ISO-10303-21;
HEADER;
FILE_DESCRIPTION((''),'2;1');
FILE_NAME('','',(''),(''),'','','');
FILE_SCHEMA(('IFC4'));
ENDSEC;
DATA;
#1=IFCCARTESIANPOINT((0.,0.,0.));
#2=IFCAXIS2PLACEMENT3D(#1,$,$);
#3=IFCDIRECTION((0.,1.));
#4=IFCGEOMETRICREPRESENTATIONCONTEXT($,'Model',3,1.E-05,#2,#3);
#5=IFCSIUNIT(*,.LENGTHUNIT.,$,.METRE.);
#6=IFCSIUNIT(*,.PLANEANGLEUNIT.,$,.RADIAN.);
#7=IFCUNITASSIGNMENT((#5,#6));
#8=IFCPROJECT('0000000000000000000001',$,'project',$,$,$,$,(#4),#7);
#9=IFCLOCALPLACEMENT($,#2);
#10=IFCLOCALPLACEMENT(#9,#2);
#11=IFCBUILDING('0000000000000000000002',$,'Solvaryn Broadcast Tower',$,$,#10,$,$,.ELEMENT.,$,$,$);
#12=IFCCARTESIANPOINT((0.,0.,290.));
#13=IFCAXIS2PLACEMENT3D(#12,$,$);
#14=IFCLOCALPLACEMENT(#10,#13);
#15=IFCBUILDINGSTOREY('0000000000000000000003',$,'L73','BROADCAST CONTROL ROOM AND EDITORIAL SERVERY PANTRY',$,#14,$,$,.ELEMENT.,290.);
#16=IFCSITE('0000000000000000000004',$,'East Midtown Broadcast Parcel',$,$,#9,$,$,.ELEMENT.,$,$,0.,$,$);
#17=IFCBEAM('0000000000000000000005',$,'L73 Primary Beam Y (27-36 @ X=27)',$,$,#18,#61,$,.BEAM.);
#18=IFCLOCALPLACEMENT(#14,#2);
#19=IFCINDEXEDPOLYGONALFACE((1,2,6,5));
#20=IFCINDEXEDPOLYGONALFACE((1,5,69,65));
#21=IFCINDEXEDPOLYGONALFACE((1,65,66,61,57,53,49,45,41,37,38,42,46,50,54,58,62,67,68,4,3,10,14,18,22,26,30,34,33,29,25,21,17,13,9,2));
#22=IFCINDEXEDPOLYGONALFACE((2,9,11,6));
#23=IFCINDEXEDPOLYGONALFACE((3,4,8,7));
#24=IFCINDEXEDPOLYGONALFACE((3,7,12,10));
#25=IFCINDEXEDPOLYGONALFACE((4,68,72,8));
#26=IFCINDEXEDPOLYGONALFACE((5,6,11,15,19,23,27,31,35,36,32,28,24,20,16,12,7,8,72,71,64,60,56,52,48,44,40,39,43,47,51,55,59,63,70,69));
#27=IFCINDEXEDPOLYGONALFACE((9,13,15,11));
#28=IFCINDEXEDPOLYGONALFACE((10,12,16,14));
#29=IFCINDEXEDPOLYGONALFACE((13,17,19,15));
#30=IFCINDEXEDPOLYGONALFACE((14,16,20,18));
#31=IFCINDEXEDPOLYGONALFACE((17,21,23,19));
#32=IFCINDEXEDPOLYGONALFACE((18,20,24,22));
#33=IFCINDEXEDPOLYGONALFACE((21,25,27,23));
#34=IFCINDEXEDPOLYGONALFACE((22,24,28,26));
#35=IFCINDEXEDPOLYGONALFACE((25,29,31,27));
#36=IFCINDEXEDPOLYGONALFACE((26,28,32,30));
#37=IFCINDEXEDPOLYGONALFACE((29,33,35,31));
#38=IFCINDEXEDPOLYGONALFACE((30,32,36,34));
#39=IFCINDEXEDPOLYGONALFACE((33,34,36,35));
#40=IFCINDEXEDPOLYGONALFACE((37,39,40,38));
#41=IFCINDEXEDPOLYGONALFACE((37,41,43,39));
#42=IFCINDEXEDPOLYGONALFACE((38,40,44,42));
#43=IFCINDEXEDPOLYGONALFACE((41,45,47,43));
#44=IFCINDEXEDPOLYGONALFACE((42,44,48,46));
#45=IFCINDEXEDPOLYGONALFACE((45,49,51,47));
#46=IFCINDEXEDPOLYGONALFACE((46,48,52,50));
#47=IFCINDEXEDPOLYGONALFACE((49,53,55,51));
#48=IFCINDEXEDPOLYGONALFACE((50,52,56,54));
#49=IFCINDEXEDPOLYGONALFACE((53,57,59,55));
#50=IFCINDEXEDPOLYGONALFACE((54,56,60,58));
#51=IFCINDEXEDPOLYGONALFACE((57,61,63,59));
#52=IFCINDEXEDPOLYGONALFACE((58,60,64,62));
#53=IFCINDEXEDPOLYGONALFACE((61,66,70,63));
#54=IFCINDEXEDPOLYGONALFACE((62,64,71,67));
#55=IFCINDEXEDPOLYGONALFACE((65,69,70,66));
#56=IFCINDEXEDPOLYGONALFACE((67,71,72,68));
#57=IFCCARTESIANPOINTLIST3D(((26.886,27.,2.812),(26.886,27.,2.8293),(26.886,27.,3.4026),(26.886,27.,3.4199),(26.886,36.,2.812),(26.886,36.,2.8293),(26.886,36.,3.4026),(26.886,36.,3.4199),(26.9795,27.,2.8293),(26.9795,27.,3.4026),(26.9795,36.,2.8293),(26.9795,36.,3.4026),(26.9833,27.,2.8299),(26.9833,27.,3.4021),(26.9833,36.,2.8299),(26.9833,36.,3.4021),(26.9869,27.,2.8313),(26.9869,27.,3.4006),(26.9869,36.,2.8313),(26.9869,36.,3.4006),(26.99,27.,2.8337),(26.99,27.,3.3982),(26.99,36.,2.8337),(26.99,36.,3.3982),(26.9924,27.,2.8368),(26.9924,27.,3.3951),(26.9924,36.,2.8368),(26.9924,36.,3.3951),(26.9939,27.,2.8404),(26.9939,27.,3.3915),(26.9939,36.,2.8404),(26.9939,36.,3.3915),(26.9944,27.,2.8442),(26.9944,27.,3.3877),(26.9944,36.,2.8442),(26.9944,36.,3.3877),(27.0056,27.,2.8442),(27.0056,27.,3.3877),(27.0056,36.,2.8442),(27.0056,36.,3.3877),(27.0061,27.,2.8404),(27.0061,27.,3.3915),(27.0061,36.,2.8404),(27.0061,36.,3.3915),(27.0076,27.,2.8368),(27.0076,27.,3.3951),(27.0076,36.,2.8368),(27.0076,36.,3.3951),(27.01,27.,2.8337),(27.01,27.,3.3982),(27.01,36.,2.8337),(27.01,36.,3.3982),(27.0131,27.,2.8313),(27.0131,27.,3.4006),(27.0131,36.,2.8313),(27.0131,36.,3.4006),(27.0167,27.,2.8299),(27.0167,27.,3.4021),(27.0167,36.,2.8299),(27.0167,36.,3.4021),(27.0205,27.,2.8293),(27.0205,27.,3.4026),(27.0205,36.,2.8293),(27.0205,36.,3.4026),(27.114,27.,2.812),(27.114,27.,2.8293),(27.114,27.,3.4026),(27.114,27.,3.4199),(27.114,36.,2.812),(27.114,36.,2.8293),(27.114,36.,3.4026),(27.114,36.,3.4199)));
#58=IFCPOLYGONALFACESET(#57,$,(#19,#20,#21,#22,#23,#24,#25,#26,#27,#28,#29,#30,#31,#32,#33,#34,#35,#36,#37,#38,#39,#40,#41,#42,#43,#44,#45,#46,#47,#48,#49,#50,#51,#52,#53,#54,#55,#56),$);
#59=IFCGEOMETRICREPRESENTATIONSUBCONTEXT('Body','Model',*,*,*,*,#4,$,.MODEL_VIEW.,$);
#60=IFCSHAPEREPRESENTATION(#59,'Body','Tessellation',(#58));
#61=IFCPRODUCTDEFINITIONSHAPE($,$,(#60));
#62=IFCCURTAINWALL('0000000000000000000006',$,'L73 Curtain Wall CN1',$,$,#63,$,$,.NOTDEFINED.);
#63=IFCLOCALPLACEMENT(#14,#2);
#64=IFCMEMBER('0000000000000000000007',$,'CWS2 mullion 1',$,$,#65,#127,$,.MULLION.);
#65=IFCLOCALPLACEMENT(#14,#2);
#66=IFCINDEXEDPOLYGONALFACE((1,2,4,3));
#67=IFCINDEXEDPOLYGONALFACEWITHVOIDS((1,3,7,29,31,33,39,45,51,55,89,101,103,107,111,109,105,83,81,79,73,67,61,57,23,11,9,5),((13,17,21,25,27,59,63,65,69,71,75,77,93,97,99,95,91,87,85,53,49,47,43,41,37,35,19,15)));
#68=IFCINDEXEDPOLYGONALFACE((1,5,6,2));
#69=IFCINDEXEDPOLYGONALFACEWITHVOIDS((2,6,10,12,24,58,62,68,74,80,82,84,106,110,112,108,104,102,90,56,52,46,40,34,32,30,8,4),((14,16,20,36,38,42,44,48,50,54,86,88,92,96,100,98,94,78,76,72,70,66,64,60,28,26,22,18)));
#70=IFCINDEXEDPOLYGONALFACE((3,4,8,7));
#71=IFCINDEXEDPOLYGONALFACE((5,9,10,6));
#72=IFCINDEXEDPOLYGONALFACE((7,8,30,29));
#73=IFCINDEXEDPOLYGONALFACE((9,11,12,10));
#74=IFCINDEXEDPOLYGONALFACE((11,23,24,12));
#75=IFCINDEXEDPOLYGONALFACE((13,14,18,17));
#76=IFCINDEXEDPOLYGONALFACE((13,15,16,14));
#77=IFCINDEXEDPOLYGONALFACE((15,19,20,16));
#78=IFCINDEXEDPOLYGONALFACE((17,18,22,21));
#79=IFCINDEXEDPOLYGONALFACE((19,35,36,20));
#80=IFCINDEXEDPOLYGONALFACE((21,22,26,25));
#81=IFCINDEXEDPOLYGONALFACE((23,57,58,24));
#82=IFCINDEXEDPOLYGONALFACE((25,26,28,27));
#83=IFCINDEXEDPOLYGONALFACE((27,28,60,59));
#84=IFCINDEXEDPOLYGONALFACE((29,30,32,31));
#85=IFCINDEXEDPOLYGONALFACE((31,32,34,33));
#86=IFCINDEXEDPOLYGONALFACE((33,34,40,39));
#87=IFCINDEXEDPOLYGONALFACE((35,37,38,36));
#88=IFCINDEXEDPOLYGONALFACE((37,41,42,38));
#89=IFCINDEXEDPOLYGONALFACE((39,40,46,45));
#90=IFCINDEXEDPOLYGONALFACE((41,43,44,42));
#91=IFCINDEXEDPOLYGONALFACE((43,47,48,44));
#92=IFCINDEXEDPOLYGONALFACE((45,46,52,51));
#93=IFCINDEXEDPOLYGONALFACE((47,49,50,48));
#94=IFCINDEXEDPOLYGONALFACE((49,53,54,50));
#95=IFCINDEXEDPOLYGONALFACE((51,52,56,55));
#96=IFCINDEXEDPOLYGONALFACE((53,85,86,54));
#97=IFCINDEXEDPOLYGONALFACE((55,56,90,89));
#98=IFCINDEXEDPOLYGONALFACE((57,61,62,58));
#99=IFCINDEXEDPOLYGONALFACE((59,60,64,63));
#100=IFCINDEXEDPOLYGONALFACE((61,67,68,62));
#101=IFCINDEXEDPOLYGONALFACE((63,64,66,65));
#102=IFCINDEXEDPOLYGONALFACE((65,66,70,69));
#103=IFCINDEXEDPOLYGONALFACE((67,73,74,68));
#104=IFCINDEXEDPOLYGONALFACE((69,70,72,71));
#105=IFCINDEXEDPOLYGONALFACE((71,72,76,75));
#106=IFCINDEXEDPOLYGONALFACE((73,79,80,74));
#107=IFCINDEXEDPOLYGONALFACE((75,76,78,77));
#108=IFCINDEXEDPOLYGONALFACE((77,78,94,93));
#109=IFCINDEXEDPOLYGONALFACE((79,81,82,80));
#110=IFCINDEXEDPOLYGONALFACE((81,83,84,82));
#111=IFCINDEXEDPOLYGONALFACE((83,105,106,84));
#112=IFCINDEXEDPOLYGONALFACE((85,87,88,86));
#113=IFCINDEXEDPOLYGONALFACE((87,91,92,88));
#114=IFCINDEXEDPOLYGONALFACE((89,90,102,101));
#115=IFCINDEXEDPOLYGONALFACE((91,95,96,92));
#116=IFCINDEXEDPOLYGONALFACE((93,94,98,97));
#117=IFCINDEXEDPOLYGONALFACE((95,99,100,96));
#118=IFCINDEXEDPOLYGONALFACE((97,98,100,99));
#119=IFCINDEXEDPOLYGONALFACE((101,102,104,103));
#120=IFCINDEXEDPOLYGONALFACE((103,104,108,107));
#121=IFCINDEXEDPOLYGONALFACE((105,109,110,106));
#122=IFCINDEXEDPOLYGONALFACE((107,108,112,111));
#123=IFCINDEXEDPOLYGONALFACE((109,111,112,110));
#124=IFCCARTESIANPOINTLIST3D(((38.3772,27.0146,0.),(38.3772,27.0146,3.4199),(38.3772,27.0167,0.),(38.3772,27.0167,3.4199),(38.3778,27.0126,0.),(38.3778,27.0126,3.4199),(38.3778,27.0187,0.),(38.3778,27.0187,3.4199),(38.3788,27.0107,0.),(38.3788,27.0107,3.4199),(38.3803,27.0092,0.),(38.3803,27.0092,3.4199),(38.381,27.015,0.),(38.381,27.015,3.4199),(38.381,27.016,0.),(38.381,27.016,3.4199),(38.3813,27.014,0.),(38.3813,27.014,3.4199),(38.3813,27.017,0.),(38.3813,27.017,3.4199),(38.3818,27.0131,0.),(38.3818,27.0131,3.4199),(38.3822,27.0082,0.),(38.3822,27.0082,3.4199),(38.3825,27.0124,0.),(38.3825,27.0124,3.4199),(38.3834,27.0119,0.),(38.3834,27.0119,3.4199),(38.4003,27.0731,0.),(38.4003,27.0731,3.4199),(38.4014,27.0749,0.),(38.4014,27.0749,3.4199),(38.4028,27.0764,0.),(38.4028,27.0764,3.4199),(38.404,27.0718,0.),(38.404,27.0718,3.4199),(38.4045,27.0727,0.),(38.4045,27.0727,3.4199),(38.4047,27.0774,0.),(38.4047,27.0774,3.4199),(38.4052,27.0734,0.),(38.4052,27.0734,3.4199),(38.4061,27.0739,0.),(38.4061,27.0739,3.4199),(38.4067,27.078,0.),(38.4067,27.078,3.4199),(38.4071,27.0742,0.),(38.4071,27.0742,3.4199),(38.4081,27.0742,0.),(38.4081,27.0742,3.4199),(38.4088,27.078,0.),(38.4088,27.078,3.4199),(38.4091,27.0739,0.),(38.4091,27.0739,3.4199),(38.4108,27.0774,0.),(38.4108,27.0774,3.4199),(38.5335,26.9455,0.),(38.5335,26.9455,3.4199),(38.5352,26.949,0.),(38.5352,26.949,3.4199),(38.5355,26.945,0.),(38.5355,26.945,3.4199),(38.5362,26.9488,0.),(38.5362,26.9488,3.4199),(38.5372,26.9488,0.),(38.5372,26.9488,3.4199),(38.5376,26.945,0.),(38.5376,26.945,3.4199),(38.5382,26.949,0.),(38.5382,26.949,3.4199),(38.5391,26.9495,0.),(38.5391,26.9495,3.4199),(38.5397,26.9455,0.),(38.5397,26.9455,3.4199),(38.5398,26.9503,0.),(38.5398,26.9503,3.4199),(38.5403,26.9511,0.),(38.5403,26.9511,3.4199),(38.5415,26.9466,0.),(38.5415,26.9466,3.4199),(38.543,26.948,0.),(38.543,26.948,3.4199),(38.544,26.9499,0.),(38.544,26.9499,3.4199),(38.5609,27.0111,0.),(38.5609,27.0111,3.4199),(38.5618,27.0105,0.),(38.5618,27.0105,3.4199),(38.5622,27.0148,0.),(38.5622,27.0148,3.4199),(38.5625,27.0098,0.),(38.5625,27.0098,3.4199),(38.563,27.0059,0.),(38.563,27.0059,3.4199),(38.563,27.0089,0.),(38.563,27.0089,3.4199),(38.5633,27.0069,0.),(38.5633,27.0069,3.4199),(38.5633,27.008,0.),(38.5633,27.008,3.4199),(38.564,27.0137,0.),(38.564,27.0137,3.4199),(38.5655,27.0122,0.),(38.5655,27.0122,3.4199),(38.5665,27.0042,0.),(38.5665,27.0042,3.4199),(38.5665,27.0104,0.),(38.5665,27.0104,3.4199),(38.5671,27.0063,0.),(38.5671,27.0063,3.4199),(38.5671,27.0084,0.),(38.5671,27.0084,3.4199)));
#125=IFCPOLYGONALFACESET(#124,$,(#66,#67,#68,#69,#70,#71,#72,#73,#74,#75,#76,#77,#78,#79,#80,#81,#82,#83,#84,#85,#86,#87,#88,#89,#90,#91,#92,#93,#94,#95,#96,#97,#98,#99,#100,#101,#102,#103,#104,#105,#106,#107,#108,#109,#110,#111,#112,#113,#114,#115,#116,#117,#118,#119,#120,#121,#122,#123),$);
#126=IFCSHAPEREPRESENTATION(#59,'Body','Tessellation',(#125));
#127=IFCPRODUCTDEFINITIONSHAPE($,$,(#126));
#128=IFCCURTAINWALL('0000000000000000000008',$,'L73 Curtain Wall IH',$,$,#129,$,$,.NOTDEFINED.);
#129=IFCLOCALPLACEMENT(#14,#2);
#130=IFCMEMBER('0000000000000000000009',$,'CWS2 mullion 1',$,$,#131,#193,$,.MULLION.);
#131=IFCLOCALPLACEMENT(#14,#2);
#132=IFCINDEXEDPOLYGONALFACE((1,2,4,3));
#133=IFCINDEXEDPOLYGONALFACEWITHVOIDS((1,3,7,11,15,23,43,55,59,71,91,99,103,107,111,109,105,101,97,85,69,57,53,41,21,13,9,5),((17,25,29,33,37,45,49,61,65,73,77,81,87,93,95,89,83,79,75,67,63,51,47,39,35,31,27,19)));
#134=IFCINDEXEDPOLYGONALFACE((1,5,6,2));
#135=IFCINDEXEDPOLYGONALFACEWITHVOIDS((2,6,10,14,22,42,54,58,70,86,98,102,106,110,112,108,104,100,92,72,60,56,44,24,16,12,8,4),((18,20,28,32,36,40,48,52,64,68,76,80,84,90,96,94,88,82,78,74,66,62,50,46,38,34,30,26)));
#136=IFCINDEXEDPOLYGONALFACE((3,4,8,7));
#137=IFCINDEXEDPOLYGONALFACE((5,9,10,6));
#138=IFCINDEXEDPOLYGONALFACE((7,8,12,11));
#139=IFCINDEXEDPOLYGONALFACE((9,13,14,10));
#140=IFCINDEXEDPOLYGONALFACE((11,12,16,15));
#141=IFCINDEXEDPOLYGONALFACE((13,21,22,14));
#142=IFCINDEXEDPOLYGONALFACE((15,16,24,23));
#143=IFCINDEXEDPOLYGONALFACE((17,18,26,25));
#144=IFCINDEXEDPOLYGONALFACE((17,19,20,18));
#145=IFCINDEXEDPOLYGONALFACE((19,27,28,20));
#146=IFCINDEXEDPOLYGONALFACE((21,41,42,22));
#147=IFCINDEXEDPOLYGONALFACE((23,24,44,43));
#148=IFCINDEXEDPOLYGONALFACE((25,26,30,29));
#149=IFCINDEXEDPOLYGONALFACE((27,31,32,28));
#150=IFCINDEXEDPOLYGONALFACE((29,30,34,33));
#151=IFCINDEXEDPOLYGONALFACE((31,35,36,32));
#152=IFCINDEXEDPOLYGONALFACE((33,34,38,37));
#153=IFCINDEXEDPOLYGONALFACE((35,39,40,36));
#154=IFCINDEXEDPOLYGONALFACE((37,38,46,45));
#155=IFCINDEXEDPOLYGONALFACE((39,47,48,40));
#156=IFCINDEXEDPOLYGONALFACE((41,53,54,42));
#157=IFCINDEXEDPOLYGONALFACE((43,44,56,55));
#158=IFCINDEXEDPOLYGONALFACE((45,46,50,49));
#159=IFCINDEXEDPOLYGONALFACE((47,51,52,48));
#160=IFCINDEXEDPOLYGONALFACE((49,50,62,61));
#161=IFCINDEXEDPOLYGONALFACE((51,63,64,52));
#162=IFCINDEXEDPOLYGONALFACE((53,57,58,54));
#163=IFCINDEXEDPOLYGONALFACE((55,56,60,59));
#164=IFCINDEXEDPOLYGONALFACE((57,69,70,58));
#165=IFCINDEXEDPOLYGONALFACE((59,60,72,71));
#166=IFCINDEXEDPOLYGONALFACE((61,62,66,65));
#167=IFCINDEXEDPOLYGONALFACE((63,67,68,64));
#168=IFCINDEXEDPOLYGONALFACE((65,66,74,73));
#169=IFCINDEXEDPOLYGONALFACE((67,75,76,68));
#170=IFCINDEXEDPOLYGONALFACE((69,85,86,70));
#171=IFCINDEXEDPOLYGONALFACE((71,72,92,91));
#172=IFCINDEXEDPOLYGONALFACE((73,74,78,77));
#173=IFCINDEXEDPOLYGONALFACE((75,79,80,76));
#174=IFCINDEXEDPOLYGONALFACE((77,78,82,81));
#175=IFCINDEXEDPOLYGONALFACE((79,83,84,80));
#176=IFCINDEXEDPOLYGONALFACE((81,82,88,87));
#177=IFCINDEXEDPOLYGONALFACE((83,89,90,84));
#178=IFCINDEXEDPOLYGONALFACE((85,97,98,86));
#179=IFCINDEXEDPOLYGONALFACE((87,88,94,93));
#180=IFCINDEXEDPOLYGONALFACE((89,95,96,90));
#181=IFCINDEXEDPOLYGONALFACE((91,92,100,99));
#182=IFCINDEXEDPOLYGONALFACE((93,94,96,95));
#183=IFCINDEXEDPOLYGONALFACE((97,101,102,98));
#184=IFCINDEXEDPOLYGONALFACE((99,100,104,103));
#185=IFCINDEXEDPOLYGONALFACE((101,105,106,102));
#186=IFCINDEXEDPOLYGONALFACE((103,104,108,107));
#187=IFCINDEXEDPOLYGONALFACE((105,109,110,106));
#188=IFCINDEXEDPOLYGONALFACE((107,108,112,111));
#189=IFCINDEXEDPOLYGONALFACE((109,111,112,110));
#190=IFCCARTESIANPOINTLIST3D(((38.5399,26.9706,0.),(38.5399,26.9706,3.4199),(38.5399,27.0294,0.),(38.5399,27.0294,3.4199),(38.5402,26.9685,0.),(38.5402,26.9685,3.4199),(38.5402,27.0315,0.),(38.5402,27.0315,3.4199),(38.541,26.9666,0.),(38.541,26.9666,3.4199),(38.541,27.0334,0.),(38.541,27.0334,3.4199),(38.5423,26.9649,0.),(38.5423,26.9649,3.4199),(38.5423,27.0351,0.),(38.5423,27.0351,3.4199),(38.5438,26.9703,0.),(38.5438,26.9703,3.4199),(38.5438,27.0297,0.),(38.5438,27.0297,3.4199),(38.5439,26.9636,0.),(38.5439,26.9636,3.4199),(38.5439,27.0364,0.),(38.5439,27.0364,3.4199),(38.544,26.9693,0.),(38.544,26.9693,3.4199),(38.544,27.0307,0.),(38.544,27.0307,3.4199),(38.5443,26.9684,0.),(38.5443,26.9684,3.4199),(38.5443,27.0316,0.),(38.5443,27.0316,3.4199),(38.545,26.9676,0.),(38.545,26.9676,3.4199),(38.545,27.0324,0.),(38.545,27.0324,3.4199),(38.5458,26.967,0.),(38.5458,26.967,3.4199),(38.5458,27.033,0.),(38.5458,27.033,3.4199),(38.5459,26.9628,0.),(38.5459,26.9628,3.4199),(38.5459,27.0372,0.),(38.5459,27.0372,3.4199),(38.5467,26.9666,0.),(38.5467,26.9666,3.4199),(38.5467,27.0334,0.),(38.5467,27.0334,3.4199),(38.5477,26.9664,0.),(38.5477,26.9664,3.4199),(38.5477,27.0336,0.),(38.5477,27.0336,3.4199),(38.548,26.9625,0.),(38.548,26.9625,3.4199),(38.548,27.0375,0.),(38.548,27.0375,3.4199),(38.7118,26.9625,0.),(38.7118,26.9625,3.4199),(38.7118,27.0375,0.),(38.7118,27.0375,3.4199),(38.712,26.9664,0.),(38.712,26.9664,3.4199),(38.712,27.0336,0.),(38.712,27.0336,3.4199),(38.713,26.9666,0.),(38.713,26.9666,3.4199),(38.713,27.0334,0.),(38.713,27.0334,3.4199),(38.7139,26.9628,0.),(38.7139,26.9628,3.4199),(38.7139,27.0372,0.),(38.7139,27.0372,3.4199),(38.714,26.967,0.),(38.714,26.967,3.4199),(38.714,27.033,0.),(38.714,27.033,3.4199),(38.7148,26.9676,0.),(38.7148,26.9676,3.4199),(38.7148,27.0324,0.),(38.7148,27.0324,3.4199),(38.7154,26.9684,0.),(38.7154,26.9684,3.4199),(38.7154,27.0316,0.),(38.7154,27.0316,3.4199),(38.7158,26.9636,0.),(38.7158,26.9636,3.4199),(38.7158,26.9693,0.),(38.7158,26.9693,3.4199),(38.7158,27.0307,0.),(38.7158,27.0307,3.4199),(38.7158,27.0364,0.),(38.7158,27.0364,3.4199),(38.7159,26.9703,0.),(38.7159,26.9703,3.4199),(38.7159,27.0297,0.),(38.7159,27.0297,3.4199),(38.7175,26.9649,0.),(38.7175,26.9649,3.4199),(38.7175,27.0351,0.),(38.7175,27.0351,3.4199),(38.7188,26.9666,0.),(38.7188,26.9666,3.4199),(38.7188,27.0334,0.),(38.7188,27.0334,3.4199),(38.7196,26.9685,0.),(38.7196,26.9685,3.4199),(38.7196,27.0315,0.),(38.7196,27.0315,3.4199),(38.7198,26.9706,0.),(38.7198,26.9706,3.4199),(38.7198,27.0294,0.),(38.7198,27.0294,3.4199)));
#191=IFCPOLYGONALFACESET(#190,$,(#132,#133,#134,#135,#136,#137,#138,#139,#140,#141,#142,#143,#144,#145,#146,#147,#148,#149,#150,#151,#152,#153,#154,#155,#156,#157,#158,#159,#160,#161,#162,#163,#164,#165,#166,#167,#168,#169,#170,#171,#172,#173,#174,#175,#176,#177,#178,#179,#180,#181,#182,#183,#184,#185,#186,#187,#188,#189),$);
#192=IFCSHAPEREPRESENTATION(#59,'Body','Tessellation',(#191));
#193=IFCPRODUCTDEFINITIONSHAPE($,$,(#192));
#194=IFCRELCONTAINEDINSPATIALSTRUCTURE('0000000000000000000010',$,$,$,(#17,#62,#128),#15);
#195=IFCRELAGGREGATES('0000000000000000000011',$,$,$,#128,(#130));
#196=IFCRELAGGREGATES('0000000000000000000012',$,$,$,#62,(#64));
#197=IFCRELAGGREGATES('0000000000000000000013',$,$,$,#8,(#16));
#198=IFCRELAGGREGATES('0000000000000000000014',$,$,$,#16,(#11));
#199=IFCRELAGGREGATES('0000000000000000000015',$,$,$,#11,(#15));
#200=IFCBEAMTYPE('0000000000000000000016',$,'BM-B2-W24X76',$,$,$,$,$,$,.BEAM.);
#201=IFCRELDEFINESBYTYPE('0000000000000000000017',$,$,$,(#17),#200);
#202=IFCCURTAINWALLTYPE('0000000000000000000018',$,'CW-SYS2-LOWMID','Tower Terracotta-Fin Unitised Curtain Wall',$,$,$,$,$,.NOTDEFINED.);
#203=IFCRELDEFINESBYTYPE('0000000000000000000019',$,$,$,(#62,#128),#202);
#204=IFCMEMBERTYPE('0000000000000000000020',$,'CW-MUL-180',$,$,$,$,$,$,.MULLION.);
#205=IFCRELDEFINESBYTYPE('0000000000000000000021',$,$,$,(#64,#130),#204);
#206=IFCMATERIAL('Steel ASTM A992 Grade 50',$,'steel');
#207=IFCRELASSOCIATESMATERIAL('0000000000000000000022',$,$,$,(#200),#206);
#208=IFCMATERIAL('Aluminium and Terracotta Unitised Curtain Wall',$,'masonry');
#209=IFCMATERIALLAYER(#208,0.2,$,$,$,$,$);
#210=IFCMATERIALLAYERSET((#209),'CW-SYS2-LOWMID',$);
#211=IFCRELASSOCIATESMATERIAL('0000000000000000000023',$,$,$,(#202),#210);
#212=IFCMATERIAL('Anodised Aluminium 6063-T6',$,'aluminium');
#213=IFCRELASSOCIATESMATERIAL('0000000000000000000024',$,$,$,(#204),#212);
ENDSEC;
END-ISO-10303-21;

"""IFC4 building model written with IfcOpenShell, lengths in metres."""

from ifc_helpers import new_model, si_unit, direction, frame, origin, origin_2d, place, context, subcontext, project, spatial, hollow_rectangle, i_section, extrude, material, layer, layer_set, material_profile, profile_set, type_object, element, aggregate, save


model = new_model("IFC4")

# Units and contexts
model_context = context("Model", 3, precision=1e-05, world=origin(), true_north=direction((0.0, 1.0)))
body_context = subcontext(model_context, "Body", "Model", "MODEL_VIEW")
ifc_project = project(units=[si_unit("LENGTHUNIT", "METRE"), si_unit("PLANEANGLEUNIT", "RADIAN")], contexts=[model_context])

# Site, building, storey
site_placement = place(None, origin())
site = spatial("IfcSite", under=ifc_project, at=site_placement, Name="East Midtown Broadcast Parcel", CompositionType="ELEMENT", RefElevation=0.0)
building_placement = place(site_placement, origin())
building = spatial("IfcBuilding", under=site, at=building_placement, Name="Solvaryn Broadcast Tower", CompositionType="ELEMENT")
storey_placement = place(building_placement, frame((0.0, 0.0, 290.0)))
storey = spatial("IfcBuildingStorey", under=building, at=storey_placement, Name="L73", Description="BROADCAST CONTROL ROOM AND EDITORIAL SERVERY PANTRY", CompositionType="ELEMENT", Elevation=290.0)

# Beam
ifc_material_1 = material(Name="Steel ASTM A992 Grade 50", Category="steel")
ifc_material_profile_1 = material_profile(ifc_material_1, i_section(OverallWidth=0.228, OverallDepth=0.6079, WebThickness=0.0112, FlangeThickness=0.0173, FilletRadius=0.0149, at=origin_2d()))
ifc_profile_set_1 = profile_set([ifc_material_profile_1], Name="Steel ASTM A992 Grade 50")
beam_type_1 = type_object("IfcBeamType", Name="BM-B2-W24X76", PredefinedType="BEAM", material=ifc_profile_set_1)
beam_1_placement = place(storey_placement, frame((27.0, 27.0, 3.116), z_axis=(0.0, 1.0, 0.0), x_axis=(-1.0, 0.0, 0.0)))
element("IfcBeam", 1, at=beam_1_placement, inside=storey, type_object=beam_type_1, Name="L73 Primary Beam Y (27-36 @ X=27)", PredefinedType="BEAM", context=body_context, shape_type="SweptSolid", body=[
    extrude(i_section(OverallWidth=0.228, OverallDepth=0.6079, WebThickness=0.0112, FlangeThickness=0.0173, FilletRadius=0.0149, at=origin_2d()), origin(), (0.0, 0.0, 1.0), 9.0),
])

# Curtain walls, members
ifc_material_2 = material(Name="Aluminium and Terracotta Unitised Curtain Wall", Category="masonry")
ifc_layer_1 = layer(ifc_material_2, 0.2)
ifc_layer_set_1 = layer_set([ifc_layer_1], Name="CW-SYS2-LOWMID")
curtain_wall_type = type_object("IfcCurtainWallType", Name="CW-SYS2-LOWMID", Description="Tower Terracotta-Fin Unitised Curtain Wall", PredefinedType="NOTDEFINED", material=ifc_layer_set_1)
curtain_wall_1_placement = place(storey_placement, origin())
curtain_wall_1 = element("IfcCurtainWall", 2, at=curtain_wall_1_placement, inside=storey, type_object=curtain_wall_type, Name="L73 Curtain Wall CN1", PredefinedType="NOTDEFINED")
ifc_material_3 = material(Name="Anodised Aluminium 6063-T6", Category="aluminium")
ifc_material_profile_2 = material_profile(ifc_material_3, hollow_rectangle(XDim=0.075, YDim=0.1799, WallThickness=0.0039, InnerFilletRadius=0.0039, OuterFilletRadius=0.0081, at=origin_2d()))
ifc_profile_set_2 = profile_set([ifc_material_profile_2], Name="Anodised Aluminium 6063-T6")
member_type_1 = type_object("IfcMemberType", Name="CW-MUL-180", PredefinedType="MULLION", material=ifc_profile_set_2)
member_1_placement = place(storey_placement, frame((38.4722, 27.0115, 0.0), z_axis=(0.0, 0.0, 1.0), x_axis=(-0.382646, -0.923895, 0.0)))
member_1 = element("IfcMember", 3, at=member_1_placement, type_object=member_type_1, Name="CWS2 mullion 1", PredefinedType="MULLION", context=body_context, shape_type="SweptSolid", body=[
    extrude(hollow_rectangle(XDim=0.075, YDim=0.1799, WallThickness=0.0039, InnerFilletRadius=0.0039, OuterFilletRadius=0.0081, at=origin_2d()), origin(), (0.0, 0.0, 1.0), 3.4199),
])
curtain_wall_2_placement = place(storey_placement, origin())
curtain_wall_2 = element("IfcCurtainWall", 4, at=curtain_wall_2_placement, inside=storey, type_object=curtain_wall_type, Name="L73 Curtain Wall IH", PredefinedType="NOTDEFINED")
member_2_placement = place(storey_placement, frame((38.6299, 27.0, 0.0), z_axis=(0.0, 0.0, 1.0), x_axis=(0.0, 1.0, 0.0)))
member_2 = element("IfcMember", 5, at=member_2_placement, type_object=member_type_1, Name="CWS2 mullion 1", PredefinedType="MULLION", context=body_context, shape_type="SweptSolid", body=[
    extrude(hollow_rectangle(XDim=0.075, YDim=0.1799, WallThickness=0.0039, InnerFilletRadius=0.0039, OuterFilletRadius=0.0081, at=origin_2d()), origin(), (0.0, 0.0, 1.0), 3.4199),
])
aggregate(curtain_wall_2, [member_2])

aggregate(curtain_wall_1, [member_1])

save(model, "model.ifc")
